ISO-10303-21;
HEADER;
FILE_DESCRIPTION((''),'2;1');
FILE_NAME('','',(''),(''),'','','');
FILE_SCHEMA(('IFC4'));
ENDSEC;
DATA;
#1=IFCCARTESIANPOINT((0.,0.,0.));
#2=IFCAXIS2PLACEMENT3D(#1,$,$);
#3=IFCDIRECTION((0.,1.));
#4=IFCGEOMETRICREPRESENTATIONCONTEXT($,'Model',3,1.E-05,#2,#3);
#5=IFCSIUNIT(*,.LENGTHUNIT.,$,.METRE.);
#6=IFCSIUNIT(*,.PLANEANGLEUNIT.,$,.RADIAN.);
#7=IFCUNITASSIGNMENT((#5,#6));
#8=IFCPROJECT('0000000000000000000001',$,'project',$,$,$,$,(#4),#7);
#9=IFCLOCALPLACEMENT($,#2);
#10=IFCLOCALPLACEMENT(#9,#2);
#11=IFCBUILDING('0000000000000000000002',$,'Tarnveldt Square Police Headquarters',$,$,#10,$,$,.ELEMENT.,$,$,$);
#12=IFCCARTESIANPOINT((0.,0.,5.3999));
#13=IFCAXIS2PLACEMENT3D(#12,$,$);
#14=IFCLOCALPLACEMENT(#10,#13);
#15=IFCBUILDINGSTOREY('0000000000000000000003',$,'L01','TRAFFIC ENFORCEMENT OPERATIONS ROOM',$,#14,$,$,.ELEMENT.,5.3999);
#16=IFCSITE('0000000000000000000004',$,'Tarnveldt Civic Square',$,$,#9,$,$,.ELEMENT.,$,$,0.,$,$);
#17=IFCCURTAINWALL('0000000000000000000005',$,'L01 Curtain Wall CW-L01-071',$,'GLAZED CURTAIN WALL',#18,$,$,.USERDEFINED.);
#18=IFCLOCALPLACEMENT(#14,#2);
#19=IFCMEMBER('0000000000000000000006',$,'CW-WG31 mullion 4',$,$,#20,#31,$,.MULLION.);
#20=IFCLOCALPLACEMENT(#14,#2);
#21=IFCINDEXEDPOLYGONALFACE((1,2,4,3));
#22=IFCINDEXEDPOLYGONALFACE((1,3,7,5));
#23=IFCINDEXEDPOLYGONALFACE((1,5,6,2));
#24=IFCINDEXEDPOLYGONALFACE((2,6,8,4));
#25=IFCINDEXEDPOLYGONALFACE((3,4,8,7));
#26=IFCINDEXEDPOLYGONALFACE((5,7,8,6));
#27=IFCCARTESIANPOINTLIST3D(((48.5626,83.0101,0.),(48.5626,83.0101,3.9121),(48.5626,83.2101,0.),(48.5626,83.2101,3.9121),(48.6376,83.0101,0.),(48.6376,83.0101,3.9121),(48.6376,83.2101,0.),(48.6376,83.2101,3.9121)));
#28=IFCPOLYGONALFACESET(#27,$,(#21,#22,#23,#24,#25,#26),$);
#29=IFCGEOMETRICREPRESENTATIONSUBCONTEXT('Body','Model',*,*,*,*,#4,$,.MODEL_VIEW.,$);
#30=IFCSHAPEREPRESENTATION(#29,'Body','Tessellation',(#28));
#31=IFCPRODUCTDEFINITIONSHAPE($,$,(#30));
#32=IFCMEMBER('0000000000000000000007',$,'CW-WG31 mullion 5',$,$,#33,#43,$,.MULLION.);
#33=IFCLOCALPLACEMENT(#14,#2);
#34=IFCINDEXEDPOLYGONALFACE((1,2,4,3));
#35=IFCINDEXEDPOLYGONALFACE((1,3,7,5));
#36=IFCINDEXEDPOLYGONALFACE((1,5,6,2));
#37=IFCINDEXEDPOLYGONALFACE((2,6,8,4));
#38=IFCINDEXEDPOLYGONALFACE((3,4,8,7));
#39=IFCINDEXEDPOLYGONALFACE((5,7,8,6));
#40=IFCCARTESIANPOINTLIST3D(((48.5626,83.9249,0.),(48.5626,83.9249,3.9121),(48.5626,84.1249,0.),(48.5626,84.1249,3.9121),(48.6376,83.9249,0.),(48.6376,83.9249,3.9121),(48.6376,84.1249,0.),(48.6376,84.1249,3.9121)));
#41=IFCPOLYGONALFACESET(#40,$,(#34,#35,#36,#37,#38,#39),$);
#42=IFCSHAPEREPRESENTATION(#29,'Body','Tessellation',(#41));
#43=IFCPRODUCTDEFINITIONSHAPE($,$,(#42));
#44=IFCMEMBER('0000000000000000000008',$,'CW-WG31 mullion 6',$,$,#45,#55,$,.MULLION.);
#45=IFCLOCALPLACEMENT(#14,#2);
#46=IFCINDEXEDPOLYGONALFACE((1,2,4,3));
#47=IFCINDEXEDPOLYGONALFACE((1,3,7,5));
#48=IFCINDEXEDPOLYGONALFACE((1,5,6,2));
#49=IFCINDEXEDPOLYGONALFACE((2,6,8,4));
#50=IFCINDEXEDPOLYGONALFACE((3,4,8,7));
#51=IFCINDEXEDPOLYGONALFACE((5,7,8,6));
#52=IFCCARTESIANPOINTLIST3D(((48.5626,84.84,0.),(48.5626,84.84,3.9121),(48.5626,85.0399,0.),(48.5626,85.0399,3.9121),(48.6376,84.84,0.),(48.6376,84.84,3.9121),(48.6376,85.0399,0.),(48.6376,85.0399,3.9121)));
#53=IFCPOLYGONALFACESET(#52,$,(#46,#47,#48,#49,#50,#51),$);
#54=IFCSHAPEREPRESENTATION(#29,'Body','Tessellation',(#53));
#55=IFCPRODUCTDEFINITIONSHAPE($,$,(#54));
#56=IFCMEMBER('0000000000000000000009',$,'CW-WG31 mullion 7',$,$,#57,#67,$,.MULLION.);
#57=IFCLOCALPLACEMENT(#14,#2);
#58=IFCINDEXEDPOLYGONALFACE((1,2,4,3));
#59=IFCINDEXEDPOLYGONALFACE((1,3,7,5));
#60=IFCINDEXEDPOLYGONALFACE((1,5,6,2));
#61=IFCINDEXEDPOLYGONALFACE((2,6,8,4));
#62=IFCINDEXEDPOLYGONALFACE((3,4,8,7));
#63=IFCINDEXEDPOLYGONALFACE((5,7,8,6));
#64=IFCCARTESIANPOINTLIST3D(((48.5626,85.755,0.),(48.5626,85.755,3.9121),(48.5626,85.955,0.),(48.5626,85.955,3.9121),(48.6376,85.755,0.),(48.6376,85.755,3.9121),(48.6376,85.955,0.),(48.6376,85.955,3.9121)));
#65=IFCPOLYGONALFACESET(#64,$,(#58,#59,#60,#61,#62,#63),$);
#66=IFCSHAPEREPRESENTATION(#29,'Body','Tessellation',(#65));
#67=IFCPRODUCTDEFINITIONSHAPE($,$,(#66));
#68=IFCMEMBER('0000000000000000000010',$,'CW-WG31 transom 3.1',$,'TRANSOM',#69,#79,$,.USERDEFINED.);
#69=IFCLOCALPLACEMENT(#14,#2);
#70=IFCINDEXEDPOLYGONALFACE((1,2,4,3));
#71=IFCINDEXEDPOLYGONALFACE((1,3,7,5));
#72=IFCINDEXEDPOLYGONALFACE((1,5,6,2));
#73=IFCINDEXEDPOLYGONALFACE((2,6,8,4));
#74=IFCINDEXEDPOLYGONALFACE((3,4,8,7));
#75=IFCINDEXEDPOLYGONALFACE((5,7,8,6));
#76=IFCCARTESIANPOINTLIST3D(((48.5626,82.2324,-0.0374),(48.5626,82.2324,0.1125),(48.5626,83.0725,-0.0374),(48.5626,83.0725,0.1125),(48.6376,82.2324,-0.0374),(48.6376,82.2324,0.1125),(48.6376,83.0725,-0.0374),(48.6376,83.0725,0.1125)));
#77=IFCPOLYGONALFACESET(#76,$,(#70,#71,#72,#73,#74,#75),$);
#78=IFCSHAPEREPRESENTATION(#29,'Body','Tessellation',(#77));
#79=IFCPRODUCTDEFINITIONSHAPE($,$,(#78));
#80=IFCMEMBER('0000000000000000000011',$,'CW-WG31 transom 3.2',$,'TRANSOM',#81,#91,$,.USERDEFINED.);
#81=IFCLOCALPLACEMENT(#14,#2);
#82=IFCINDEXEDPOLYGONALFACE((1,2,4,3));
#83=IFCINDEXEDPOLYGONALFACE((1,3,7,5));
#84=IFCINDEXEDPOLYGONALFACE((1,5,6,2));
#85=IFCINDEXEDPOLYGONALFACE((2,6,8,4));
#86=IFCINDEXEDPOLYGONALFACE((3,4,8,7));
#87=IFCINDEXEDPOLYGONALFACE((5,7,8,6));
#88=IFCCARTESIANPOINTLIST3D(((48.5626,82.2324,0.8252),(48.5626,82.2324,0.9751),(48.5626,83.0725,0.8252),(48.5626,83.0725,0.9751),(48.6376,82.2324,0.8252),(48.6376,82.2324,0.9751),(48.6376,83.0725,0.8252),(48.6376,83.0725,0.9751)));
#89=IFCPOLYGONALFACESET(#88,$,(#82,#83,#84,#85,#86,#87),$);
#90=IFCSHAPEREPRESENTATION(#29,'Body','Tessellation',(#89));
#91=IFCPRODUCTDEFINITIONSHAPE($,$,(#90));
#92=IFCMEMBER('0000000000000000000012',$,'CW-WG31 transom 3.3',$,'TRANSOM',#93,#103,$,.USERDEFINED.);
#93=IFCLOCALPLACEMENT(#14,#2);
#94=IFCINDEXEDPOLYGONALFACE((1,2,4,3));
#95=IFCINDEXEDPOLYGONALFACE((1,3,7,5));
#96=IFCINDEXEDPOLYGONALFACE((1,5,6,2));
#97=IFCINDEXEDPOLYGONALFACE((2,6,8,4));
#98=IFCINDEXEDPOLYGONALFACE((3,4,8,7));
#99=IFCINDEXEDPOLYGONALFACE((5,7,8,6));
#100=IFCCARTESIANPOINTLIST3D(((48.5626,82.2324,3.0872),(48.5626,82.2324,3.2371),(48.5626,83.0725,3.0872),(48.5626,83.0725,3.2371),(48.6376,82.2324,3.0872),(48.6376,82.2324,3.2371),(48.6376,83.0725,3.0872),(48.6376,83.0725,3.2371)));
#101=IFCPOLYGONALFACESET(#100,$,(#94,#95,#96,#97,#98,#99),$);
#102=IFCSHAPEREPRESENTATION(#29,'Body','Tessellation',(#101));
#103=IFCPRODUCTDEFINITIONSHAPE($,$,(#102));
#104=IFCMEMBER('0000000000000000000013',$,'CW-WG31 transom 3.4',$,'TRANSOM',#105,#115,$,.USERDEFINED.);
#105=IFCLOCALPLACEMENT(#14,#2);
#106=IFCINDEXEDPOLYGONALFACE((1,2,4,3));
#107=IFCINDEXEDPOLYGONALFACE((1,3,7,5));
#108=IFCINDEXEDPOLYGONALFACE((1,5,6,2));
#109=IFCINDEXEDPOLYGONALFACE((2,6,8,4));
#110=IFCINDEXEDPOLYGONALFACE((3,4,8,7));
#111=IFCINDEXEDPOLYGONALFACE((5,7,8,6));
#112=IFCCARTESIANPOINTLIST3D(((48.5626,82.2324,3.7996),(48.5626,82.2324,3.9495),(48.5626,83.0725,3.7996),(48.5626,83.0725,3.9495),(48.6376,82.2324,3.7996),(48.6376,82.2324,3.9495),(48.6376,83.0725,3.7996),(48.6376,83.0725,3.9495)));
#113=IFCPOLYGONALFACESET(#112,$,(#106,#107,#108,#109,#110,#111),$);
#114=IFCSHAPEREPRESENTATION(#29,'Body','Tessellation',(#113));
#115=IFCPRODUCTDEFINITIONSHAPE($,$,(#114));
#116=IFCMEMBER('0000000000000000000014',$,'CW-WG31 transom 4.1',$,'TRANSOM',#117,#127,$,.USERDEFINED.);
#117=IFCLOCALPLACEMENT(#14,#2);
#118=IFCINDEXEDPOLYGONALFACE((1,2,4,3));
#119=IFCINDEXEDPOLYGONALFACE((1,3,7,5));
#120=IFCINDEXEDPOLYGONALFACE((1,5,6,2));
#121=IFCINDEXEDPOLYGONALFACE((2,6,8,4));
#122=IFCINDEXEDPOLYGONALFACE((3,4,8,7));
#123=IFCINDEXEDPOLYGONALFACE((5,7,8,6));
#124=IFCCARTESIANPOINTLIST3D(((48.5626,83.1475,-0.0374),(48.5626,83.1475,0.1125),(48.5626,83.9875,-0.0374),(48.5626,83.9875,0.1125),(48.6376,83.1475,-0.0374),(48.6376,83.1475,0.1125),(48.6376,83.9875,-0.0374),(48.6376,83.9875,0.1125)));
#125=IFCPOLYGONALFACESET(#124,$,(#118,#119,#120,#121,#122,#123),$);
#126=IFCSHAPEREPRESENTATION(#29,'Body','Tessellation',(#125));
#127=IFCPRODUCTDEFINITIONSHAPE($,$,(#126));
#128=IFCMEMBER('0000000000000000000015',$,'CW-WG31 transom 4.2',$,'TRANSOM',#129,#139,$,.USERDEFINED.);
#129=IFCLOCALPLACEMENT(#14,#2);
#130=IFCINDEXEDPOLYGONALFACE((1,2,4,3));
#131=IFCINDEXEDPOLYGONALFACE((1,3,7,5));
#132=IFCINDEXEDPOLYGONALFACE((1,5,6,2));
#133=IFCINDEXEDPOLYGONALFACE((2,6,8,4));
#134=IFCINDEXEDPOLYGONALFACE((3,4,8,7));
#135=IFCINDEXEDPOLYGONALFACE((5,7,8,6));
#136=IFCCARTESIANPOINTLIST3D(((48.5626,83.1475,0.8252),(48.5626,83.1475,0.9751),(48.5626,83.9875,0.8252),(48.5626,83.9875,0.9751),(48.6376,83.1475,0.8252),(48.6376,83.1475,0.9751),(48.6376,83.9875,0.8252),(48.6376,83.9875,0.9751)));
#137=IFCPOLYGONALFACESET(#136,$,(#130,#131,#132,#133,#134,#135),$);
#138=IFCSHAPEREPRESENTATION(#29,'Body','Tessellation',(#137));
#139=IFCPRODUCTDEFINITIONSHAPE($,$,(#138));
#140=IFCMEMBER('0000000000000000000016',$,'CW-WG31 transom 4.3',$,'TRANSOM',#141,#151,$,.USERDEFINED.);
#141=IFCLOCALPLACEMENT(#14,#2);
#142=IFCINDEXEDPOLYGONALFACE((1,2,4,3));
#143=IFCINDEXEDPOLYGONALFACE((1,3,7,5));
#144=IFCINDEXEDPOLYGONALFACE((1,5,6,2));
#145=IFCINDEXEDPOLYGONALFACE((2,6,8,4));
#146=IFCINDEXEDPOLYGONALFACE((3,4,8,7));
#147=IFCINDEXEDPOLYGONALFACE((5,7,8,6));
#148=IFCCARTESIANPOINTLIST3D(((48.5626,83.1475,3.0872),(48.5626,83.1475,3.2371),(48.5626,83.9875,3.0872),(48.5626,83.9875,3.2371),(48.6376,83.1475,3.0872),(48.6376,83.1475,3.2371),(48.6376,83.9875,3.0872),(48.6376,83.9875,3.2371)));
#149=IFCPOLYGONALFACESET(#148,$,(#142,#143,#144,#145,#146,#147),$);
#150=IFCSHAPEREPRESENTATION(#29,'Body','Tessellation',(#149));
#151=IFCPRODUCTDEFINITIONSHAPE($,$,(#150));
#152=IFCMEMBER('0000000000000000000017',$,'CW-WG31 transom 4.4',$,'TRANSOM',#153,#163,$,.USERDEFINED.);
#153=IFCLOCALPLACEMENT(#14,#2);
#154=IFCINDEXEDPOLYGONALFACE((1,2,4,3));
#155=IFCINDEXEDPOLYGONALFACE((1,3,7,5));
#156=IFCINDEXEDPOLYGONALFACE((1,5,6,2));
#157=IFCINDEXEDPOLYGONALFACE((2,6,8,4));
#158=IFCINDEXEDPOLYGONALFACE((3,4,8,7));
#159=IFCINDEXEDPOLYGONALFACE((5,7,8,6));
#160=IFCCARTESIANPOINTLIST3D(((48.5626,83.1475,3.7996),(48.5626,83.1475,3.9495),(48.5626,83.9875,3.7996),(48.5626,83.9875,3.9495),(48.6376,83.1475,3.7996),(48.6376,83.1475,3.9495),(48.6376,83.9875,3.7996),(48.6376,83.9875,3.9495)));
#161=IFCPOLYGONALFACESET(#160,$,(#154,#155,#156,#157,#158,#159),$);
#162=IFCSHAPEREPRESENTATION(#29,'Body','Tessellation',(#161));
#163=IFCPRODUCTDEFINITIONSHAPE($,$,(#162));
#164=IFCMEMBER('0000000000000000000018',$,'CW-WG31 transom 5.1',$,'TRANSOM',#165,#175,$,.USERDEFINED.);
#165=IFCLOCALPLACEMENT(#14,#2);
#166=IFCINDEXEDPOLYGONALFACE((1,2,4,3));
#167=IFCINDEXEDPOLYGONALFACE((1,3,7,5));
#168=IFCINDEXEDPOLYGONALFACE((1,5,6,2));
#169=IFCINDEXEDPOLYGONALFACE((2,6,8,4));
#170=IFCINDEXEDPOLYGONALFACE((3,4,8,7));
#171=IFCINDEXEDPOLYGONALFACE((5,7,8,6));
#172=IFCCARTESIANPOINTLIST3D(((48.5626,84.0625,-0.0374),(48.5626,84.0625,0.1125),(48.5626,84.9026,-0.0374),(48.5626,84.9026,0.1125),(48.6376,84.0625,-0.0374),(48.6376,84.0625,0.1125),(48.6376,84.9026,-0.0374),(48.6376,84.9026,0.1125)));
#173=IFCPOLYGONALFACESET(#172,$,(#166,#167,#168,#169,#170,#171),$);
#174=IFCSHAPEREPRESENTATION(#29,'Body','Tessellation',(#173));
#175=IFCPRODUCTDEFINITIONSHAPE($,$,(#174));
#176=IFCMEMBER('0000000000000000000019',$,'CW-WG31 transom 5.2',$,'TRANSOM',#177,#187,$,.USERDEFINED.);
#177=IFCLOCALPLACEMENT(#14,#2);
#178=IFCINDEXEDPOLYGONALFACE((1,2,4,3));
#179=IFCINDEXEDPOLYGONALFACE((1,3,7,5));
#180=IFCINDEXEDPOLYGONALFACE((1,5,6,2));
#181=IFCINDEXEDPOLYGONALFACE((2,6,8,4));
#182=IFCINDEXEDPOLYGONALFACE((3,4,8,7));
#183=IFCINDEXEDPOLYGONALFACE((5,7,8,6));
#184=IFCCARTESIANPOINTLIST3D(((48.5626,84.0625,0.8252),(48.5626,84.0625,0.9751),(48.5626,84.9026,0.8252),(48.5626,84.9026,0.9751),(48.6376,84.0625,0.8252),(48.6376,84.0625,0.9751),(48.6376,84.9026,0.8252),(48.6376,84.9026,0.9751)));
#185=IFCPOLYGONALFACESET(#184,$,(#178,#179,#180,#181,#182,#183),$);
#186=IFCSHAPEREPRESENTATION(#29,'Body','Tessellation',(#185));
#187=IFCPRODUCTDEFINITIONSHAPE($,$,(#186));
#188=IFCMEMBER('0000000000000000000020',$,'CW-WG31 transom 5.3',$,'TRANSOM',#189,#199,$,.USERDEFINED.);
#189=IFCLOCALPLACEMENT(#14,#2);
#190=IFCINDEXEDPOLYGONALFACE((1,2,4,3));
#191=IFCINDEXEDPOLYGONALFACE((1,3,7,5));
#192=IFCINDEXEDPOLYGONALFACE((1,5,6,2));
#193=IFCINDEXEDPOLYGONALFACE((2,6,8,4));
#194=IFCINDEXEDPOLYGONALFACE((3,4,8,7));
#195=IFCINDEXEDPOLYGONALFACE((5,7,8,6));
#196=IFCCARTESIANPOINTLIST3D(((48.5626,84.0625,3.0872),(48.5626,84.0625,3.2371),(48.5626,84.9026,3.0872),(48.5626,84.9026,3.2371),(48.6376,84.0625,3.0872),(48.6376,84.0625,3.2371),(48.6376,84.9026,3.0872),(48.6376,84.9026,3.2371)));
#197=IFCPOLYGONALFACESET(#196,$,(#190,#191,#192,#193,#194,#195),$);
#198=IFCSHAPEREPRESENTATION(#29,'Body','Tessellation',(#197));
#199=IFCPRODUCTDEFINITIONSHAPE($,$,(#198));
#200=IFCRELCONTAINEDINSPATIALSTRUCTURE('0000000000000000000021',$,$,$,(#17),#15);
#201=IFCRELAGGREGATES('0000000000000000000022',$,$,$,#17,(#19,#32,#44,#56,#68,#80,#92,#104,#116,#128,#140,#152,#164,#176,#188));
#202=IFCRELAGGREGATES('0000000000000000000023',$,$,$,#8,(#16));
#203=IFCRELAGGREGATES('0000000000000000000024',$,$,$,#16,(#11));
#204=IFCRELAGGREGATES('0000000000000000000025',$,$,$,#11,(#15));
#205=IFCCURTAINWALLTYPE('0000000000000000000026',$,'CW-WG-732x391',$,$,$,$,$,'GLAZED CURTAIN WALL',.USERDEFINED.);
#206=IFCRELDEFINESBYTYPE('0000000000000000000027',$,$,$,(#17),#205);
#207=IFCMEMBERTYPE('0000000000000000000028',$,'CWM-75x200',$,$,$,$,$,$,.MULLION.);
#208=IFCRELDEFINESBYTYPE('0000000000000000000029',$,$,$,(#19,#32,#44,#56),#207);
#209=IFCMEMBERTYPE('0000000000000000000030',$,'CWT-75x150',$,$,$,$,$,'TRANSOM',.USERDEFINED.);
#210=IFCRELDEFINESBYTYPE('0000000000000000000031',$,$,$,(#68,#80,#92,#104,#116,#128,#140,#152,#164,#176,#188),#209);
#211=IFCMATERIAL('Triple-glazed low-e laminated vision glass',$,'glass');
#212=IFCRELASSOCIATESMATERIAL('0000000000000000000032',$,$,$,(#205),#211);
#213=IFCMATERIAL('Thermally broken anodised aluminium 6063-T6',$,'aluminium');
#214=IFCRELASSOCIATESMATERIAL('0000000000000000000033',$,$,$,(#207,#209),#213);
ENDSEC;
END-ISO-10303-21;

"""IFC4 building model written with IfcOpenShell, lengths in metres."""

from ifc_helpers import new_model, si_unit, direction, frame, origin, origin_2d, place, context, subcontext, project, spatial, rectangle, extrude, material, material_profile, profile_set, type_object, element, aggregate, save


model = new_model("IFC4")

# Units and contexts
model_context = context("Model", 3, precision=1e-05, world=origin(), true_north=direction((0.0, 1.0)))
body_context = subcontext(model_context, "Body", "Model", "MODEL_VIEW")
ifc_project = project(units=[si_unit("LENGTHUNIT", "METRE"), si_unit("PLANEANGLEUNIT", "RADIAN")], contexts=[model_context])

# Site, building, storey
site_placement = place(None, origin())
site = spatial("IfcSite", under=ifc_project, at=site_placement, Name="Tarnveldt Civic Square", CompositionType="ELEMENT", RefElevation=0.0)
building_placement = place(site_placement, origin())
building = spatial("IfcBuilding", under=site, at=building_placement, Name="Tarnveldt Square Police Headquarters", CompositionType="ELEMENT")
storey_placement = place(building_placement, frame((0.0, 0.0, 5.3999)))
storey = spatial("IfcBuildingStorey", under=building, at=storey_placement, Name="L01", Description="TRAFFIC ENFORCEMENT OPERATIONS ROOM", CompositionType="ELEMENT", Elevation=5.3999)

# Curtain wall, members
ifc_material_1 = material(Name="Triple-glazed low-e laminated vision glass", Category="glass")
curtain_wall_type = type_object("IfcCurtainWallType", Name="CW-WG-732x391", ElementType="GLAZED CURTAIN WALL", PredefinedType="USERDEFINED", material=ifc_material_1)
curtain_wall_placement = place(storey_placement, origin())
curtain_wall = element("IfcCurtainWall", 1, at=curtain_wall_placement, inside=storey, type_object=curtain_wall_type, Name="L01 Curtain Wall CW-L01-071", ObjectType="GLAZED CURTAIN WALL", PredefinedType="USERDEFINED")
ifc_material_2 = material(Name="Thermally broken anodised aluminium 6063-T6", Category="aluminium")
ifc_material_profile_1 = material_profile(ifc_material_2, rectangle(XDim=0.075, YDim=0.2, at=origin_2d()), Name="CW-M75x200")
ifc_profile_set_1 = profile_set([ifc_material_profile_1], Name="Thermally broken anodised aluminium 6063-T6")
member_type_1 = type_object("IfcMemberType", Name="CWM-75x200", PredefinedType="MULLION", material=ifc_profile_set_1)
member_1_placement = place(storey_placement, frame((48.6001, 83.1101, 0.0), z_axis=(0.0, 0.0, 1.0), x_axis=(-1.0, 0.0, 0.0)))
member_1 = element("IfcMember", 2, at=member_1_placement, type_object=member_type_1, Name="CW-WG31 mullion 4", PredefinedType="MULLION", context=body_context, shape_type="SweptSolid", body=[
    extrude(rectangle(XDim=0.075, YDim=0.2, at=origin_2d()), origin(), (0.0, 0.0, 1.0), 3.9121),
])
member_2_placement = place(storey_placement, frame((48.6001, 84.0249, 0.0), z_axis=(0.0, 0.0, 1.0), x_axis=(-1.0, 0.0, 0.0)))
member_2 = element("IfcMember", 3, at=member_2_placement, type_object=member_type_1, Name="CW-WG31 mullion 5", PredefinedType="MULLION", context=body_context, shape_type="SweptSolid", body=[
    extrude(rectangle(XDim=0.075, YDim=0.2, at=origin_2d()), origin(), (0.0, 0.0, 1.0), 3.9121),
])
member_3_placement = place(storey_placement, frame((48.6001, 84.9399, 0.0), z_axis=(0.0, 0.0, 1.0), x_axis=(-1.0, 0.0, 0.0)))
member_3 = element("IfcMember", 4, at=member_3_placement, type_object=member_type_1, Name="CW-WG31 mullion 6", PredefinedType="MULLION", context=body_context, shape_type="SweptSolid", body=[
    extrude(rectangle(XDim=0.075, YDim=0.2, at=origin_2d()), origin(), (0.0, 0.0, 1.0), 3.9121),
])
member_4_placement = place(storey_placement, frame((48.6001, 85.855, 0.0), z_axis=(0.0, 0.0, 1.0), x_axis=(-1.0, 0.0, 0.0)))
member_4 = element("IfcMember", 5, at=member_4_placement, type_object=member_type_1, Name="CW-WG31 mullion 7", PredefinedType="MULLION", context=body_context, shape_type="SweptSolid", body=[
    extrude(rectangle(XDim=0.075, YDim=0.2, at=origin_2d()), origin(), (0.0, 0.0, 1.0), 3.9121),
])
ifc_material_profile_2 = material_profile(ifc_material_2, rectangle(XDim=0.075, YDim=0.1499, at=origin_2d()), Name="CW-T75x150")
ifc_profile_set_2 = profile_set([ifc_material_profile_2], Name="Thermally broken anodised aluminium 6063-T6")
member_type_2 = type_object("IfcMemberType", Name="CWT-75x150", ElementType="TRANSOM", PredefinedType="USERDEFINED", material=ifc_profile_set_2)
member_5_placement = place(storey_placement, frame((48.6001, 82.2324, 0.0376), z_axis=(0.0, 1.0, 0.0), x_axis=(-1.0, 0.0, 0.0)))
member_5 = element("IfcMember", 6, at=member_5_placement, type_object=member_type_2, Name="CW-WG31 transom 3.1", ObjectType="TRANSOM", PredefinedType="USERDEFINED", context=body_context, shape_type="SweptSolid", body=[
    extrude(rectangle(XDim=0.075, YDim=0.1499, at=origin_2d()), origin(), (0.0, 0.0, 1.0), 0.8401),
])
member_6_placement = place(storey_placement, frame((48.6001, 82.2324, 0.9001), z_axis=(0.0, 1.0, 0.0), x_axis=(-1.0, 0.0, 0.0)))
member_6 = element("IfcMember", 7, at=member_6_placement, type_object=member_type_2, Name="CW-WG31 transom 3.2", ObjectType="TRANSOM", PredefinedType="USERDEFINED", context=body_context, shape_type="SweptSolid", body=[
    extrude(rectangle(XDim=0.075, YDim=0.1499, at=origin_2d()), origin(), (0.0, 0.0, 1.0), 0.8401),
])
member_7_placement = place(storey_placement, frame((48.6001, 82.2324, 3.1621), z_axis=(0.0, 1.0, 0.0), x_axis=(-1.0, 0.0, 0.0)))
member_7 = element("IfcMember", 8, at=member_7_placement, type_object=member_type_2, Name="CW-WG31 transom 3.3", ObjectType="TRANSOM", PredefinedType="USERDEFINED", context=body_context, shape_type="SweptSolid", body=[
    extrude(rectangle(XDim=0.075, YDim=0.1499, at=origin_2d()), origin(), (0.0, 0.0, 1.0), 0.8401),
])
member_8_placement = place(storey_placement, frame((48.6001, 82.2324, 3.8745), z_axis=(0.0, 1.0, 0.0), x_axis=(-1.0, 0.0, 0.0)))
member_8 = element("IfcMember", 9, at=member_8_placement, type_object=member_type_2, Name="CW-WG31 transom 3.4", ObjectType="TRANSOM", PredefinedType="USERDEFINED", context=body_context, shape_type="SweptSolid", body=[
    extrude(rectangle(XDim=0.075, YDim=0.1499, at=origin_2d()), origin(), (0.0, 0.0, 1.0), 0.8401),
])
member_9_placement = place(storey_placement, frame((48.6001, 83.1475, 0.0376), z_axis=(0.0, 1.0, 0.0), x_axis=(-1.0, 0.0, 0.0)))
member_9 = element("IfcMember", 10, at=member_9_placement, type_object=member_type_2, Name="CW-WG31 transom 4.1", ObjectType="TRANSOM", PredefinedType="USERDEFINED", context=body_context, shape_type="SweptSolid", body=[
    extrude(rectangle(XDim=0.075, YDim=0.1499, at=origin_2d()), origin(), (0.0, 0.0, 1.0), 0.8401),
])
member_10_placement = place(storey_placement, frame((48.6001, 83.1475, 0.9001), z_axis=(0.0, 1.0, 0.0), x_axis=(-1.0, 0.0, 0.0)))
member_10 = element("IfcMember", 11, at=member_10_placement, type_object=member_type_2, Name="CW-WG31 transom 4.2", ObjectType="TRANSOM", PredefinedType="USERDEFINED", context=body_context, shape_type="SweptSolid", body=[
    extrude(rectangle(XDim=0.075, YDim=0.1499, at=origin_2d()), origin(), (0.0, 0.0, 1.0), 0.8401),
])
member_11_placement = place(storey_placement, frame((48.6001, 83.1475, 3.1621), z_axis=(0.0, 1.0, 0.0), x_axis=(-1.0, 0.0, 0.0)))
member_11 = element("IfcMember", 12, at=member_11_placement, type_object=member_type_2, Name="CW-WG31 transom 4.3", ObjectType="TRANSOM", PredefinedType="USERDEFINED", context=body_context, shape_type="SweptSolid", body=[
    extrude(rectangle(XDim=0.075, YDim=0.1499, at=origin_2d()), origin(), (0.0, 0.0, 1.0), 0.8401),
])
member_12_placement = place(storey_placement, frame((48.6001, 83.1475, 3.8745), z_axis=(0.0, 1.0, 0.0), x_axis=(-1.0, 0.0, 0.0)))
member_12 = element("IfcMember", 13, at=member_12_placement, type_object=member_type_2, Name="CW-WG31 transom 4.4", ObjectType="TRANSOM", PredefinedType="USERDEFINED", context=body_context, shape_type="SweptSolid", body=[
    extrude(rectangle(XDim=0.075, YDim=0.1499, at=origin_2d()), origin(), (0.0, 0.0, 1.0), 0.8401),
])
member_13_placement = place(storey_placement, frame((48.6001, 84.0625, 0.0376), z_axis=(0.0, 1.0, 0.0), x_axis=(-1.0, 0.0, 0.0)))
member_13 = element("IfcMember", 14, at=member_13_placement, type_object=member_type_2, Name="CW-WG31 transom 5.1", ObjectType="TRANSOM", PredefinedType="USERDEFINED", context=body_context, shape_type="SweptSolid", body=[
    extrude(rectangle(XDim=0.075, YDim=0.1499, at=origin_2d()), origin(), (0.0, 0.0, 1.0), 0.8401),
])
member_14_placement = place(storey_placement, frame((48.6001, 84.0625, 0.9001), z_axis=(0.0, 1.0, 0.0), x_axis=(-1.0, 0.0, 0.0)))
member_14 = element("IfcMember", 15, at=member_14_placement, type_object=member_type_2, Name="CW-WG31 transom 5.2", ObjectType="TRANSOM", PredefinedType="USERDEFINED", context=body_context, shape_type="SweptSolid", body=[
    extrude(rectangle(XDim=0.075, YDim=0.1499, at=origin_2d()), origin(), (0.0, 0.0, 1.0), 0.8401),
])
member_15_placement = place(storey_placement, frame((48.6001, 84.0625, 3.1621), z_axis=(0.0, 1.0, 0.0), x_axis=(-1.0, 0.0, 0.0)))
member_15 = element("IfcMember", 16, at=member_15_placement, type_object=member_type_2, Name="CW-WG31 transom 5.3", ObjectType="TRANSOM", PredefinedType="USERDEFINED", context=body_context, shape_type="SweptSolid", body=[
    extrude(rectangle(XDim=0.075, YDim=0.1499, at=origin_2d()), origin(), (0.0, 0.0, 1.0), 0.8401),
])
aggregate(curtain_wall, [member_1, member_2, member_3, member_4, member_5, member_6, member_7, member_8, member_9, member_10, member_11, member_12, member_13, member_14, member_15])

save(model, "model.ifc")
